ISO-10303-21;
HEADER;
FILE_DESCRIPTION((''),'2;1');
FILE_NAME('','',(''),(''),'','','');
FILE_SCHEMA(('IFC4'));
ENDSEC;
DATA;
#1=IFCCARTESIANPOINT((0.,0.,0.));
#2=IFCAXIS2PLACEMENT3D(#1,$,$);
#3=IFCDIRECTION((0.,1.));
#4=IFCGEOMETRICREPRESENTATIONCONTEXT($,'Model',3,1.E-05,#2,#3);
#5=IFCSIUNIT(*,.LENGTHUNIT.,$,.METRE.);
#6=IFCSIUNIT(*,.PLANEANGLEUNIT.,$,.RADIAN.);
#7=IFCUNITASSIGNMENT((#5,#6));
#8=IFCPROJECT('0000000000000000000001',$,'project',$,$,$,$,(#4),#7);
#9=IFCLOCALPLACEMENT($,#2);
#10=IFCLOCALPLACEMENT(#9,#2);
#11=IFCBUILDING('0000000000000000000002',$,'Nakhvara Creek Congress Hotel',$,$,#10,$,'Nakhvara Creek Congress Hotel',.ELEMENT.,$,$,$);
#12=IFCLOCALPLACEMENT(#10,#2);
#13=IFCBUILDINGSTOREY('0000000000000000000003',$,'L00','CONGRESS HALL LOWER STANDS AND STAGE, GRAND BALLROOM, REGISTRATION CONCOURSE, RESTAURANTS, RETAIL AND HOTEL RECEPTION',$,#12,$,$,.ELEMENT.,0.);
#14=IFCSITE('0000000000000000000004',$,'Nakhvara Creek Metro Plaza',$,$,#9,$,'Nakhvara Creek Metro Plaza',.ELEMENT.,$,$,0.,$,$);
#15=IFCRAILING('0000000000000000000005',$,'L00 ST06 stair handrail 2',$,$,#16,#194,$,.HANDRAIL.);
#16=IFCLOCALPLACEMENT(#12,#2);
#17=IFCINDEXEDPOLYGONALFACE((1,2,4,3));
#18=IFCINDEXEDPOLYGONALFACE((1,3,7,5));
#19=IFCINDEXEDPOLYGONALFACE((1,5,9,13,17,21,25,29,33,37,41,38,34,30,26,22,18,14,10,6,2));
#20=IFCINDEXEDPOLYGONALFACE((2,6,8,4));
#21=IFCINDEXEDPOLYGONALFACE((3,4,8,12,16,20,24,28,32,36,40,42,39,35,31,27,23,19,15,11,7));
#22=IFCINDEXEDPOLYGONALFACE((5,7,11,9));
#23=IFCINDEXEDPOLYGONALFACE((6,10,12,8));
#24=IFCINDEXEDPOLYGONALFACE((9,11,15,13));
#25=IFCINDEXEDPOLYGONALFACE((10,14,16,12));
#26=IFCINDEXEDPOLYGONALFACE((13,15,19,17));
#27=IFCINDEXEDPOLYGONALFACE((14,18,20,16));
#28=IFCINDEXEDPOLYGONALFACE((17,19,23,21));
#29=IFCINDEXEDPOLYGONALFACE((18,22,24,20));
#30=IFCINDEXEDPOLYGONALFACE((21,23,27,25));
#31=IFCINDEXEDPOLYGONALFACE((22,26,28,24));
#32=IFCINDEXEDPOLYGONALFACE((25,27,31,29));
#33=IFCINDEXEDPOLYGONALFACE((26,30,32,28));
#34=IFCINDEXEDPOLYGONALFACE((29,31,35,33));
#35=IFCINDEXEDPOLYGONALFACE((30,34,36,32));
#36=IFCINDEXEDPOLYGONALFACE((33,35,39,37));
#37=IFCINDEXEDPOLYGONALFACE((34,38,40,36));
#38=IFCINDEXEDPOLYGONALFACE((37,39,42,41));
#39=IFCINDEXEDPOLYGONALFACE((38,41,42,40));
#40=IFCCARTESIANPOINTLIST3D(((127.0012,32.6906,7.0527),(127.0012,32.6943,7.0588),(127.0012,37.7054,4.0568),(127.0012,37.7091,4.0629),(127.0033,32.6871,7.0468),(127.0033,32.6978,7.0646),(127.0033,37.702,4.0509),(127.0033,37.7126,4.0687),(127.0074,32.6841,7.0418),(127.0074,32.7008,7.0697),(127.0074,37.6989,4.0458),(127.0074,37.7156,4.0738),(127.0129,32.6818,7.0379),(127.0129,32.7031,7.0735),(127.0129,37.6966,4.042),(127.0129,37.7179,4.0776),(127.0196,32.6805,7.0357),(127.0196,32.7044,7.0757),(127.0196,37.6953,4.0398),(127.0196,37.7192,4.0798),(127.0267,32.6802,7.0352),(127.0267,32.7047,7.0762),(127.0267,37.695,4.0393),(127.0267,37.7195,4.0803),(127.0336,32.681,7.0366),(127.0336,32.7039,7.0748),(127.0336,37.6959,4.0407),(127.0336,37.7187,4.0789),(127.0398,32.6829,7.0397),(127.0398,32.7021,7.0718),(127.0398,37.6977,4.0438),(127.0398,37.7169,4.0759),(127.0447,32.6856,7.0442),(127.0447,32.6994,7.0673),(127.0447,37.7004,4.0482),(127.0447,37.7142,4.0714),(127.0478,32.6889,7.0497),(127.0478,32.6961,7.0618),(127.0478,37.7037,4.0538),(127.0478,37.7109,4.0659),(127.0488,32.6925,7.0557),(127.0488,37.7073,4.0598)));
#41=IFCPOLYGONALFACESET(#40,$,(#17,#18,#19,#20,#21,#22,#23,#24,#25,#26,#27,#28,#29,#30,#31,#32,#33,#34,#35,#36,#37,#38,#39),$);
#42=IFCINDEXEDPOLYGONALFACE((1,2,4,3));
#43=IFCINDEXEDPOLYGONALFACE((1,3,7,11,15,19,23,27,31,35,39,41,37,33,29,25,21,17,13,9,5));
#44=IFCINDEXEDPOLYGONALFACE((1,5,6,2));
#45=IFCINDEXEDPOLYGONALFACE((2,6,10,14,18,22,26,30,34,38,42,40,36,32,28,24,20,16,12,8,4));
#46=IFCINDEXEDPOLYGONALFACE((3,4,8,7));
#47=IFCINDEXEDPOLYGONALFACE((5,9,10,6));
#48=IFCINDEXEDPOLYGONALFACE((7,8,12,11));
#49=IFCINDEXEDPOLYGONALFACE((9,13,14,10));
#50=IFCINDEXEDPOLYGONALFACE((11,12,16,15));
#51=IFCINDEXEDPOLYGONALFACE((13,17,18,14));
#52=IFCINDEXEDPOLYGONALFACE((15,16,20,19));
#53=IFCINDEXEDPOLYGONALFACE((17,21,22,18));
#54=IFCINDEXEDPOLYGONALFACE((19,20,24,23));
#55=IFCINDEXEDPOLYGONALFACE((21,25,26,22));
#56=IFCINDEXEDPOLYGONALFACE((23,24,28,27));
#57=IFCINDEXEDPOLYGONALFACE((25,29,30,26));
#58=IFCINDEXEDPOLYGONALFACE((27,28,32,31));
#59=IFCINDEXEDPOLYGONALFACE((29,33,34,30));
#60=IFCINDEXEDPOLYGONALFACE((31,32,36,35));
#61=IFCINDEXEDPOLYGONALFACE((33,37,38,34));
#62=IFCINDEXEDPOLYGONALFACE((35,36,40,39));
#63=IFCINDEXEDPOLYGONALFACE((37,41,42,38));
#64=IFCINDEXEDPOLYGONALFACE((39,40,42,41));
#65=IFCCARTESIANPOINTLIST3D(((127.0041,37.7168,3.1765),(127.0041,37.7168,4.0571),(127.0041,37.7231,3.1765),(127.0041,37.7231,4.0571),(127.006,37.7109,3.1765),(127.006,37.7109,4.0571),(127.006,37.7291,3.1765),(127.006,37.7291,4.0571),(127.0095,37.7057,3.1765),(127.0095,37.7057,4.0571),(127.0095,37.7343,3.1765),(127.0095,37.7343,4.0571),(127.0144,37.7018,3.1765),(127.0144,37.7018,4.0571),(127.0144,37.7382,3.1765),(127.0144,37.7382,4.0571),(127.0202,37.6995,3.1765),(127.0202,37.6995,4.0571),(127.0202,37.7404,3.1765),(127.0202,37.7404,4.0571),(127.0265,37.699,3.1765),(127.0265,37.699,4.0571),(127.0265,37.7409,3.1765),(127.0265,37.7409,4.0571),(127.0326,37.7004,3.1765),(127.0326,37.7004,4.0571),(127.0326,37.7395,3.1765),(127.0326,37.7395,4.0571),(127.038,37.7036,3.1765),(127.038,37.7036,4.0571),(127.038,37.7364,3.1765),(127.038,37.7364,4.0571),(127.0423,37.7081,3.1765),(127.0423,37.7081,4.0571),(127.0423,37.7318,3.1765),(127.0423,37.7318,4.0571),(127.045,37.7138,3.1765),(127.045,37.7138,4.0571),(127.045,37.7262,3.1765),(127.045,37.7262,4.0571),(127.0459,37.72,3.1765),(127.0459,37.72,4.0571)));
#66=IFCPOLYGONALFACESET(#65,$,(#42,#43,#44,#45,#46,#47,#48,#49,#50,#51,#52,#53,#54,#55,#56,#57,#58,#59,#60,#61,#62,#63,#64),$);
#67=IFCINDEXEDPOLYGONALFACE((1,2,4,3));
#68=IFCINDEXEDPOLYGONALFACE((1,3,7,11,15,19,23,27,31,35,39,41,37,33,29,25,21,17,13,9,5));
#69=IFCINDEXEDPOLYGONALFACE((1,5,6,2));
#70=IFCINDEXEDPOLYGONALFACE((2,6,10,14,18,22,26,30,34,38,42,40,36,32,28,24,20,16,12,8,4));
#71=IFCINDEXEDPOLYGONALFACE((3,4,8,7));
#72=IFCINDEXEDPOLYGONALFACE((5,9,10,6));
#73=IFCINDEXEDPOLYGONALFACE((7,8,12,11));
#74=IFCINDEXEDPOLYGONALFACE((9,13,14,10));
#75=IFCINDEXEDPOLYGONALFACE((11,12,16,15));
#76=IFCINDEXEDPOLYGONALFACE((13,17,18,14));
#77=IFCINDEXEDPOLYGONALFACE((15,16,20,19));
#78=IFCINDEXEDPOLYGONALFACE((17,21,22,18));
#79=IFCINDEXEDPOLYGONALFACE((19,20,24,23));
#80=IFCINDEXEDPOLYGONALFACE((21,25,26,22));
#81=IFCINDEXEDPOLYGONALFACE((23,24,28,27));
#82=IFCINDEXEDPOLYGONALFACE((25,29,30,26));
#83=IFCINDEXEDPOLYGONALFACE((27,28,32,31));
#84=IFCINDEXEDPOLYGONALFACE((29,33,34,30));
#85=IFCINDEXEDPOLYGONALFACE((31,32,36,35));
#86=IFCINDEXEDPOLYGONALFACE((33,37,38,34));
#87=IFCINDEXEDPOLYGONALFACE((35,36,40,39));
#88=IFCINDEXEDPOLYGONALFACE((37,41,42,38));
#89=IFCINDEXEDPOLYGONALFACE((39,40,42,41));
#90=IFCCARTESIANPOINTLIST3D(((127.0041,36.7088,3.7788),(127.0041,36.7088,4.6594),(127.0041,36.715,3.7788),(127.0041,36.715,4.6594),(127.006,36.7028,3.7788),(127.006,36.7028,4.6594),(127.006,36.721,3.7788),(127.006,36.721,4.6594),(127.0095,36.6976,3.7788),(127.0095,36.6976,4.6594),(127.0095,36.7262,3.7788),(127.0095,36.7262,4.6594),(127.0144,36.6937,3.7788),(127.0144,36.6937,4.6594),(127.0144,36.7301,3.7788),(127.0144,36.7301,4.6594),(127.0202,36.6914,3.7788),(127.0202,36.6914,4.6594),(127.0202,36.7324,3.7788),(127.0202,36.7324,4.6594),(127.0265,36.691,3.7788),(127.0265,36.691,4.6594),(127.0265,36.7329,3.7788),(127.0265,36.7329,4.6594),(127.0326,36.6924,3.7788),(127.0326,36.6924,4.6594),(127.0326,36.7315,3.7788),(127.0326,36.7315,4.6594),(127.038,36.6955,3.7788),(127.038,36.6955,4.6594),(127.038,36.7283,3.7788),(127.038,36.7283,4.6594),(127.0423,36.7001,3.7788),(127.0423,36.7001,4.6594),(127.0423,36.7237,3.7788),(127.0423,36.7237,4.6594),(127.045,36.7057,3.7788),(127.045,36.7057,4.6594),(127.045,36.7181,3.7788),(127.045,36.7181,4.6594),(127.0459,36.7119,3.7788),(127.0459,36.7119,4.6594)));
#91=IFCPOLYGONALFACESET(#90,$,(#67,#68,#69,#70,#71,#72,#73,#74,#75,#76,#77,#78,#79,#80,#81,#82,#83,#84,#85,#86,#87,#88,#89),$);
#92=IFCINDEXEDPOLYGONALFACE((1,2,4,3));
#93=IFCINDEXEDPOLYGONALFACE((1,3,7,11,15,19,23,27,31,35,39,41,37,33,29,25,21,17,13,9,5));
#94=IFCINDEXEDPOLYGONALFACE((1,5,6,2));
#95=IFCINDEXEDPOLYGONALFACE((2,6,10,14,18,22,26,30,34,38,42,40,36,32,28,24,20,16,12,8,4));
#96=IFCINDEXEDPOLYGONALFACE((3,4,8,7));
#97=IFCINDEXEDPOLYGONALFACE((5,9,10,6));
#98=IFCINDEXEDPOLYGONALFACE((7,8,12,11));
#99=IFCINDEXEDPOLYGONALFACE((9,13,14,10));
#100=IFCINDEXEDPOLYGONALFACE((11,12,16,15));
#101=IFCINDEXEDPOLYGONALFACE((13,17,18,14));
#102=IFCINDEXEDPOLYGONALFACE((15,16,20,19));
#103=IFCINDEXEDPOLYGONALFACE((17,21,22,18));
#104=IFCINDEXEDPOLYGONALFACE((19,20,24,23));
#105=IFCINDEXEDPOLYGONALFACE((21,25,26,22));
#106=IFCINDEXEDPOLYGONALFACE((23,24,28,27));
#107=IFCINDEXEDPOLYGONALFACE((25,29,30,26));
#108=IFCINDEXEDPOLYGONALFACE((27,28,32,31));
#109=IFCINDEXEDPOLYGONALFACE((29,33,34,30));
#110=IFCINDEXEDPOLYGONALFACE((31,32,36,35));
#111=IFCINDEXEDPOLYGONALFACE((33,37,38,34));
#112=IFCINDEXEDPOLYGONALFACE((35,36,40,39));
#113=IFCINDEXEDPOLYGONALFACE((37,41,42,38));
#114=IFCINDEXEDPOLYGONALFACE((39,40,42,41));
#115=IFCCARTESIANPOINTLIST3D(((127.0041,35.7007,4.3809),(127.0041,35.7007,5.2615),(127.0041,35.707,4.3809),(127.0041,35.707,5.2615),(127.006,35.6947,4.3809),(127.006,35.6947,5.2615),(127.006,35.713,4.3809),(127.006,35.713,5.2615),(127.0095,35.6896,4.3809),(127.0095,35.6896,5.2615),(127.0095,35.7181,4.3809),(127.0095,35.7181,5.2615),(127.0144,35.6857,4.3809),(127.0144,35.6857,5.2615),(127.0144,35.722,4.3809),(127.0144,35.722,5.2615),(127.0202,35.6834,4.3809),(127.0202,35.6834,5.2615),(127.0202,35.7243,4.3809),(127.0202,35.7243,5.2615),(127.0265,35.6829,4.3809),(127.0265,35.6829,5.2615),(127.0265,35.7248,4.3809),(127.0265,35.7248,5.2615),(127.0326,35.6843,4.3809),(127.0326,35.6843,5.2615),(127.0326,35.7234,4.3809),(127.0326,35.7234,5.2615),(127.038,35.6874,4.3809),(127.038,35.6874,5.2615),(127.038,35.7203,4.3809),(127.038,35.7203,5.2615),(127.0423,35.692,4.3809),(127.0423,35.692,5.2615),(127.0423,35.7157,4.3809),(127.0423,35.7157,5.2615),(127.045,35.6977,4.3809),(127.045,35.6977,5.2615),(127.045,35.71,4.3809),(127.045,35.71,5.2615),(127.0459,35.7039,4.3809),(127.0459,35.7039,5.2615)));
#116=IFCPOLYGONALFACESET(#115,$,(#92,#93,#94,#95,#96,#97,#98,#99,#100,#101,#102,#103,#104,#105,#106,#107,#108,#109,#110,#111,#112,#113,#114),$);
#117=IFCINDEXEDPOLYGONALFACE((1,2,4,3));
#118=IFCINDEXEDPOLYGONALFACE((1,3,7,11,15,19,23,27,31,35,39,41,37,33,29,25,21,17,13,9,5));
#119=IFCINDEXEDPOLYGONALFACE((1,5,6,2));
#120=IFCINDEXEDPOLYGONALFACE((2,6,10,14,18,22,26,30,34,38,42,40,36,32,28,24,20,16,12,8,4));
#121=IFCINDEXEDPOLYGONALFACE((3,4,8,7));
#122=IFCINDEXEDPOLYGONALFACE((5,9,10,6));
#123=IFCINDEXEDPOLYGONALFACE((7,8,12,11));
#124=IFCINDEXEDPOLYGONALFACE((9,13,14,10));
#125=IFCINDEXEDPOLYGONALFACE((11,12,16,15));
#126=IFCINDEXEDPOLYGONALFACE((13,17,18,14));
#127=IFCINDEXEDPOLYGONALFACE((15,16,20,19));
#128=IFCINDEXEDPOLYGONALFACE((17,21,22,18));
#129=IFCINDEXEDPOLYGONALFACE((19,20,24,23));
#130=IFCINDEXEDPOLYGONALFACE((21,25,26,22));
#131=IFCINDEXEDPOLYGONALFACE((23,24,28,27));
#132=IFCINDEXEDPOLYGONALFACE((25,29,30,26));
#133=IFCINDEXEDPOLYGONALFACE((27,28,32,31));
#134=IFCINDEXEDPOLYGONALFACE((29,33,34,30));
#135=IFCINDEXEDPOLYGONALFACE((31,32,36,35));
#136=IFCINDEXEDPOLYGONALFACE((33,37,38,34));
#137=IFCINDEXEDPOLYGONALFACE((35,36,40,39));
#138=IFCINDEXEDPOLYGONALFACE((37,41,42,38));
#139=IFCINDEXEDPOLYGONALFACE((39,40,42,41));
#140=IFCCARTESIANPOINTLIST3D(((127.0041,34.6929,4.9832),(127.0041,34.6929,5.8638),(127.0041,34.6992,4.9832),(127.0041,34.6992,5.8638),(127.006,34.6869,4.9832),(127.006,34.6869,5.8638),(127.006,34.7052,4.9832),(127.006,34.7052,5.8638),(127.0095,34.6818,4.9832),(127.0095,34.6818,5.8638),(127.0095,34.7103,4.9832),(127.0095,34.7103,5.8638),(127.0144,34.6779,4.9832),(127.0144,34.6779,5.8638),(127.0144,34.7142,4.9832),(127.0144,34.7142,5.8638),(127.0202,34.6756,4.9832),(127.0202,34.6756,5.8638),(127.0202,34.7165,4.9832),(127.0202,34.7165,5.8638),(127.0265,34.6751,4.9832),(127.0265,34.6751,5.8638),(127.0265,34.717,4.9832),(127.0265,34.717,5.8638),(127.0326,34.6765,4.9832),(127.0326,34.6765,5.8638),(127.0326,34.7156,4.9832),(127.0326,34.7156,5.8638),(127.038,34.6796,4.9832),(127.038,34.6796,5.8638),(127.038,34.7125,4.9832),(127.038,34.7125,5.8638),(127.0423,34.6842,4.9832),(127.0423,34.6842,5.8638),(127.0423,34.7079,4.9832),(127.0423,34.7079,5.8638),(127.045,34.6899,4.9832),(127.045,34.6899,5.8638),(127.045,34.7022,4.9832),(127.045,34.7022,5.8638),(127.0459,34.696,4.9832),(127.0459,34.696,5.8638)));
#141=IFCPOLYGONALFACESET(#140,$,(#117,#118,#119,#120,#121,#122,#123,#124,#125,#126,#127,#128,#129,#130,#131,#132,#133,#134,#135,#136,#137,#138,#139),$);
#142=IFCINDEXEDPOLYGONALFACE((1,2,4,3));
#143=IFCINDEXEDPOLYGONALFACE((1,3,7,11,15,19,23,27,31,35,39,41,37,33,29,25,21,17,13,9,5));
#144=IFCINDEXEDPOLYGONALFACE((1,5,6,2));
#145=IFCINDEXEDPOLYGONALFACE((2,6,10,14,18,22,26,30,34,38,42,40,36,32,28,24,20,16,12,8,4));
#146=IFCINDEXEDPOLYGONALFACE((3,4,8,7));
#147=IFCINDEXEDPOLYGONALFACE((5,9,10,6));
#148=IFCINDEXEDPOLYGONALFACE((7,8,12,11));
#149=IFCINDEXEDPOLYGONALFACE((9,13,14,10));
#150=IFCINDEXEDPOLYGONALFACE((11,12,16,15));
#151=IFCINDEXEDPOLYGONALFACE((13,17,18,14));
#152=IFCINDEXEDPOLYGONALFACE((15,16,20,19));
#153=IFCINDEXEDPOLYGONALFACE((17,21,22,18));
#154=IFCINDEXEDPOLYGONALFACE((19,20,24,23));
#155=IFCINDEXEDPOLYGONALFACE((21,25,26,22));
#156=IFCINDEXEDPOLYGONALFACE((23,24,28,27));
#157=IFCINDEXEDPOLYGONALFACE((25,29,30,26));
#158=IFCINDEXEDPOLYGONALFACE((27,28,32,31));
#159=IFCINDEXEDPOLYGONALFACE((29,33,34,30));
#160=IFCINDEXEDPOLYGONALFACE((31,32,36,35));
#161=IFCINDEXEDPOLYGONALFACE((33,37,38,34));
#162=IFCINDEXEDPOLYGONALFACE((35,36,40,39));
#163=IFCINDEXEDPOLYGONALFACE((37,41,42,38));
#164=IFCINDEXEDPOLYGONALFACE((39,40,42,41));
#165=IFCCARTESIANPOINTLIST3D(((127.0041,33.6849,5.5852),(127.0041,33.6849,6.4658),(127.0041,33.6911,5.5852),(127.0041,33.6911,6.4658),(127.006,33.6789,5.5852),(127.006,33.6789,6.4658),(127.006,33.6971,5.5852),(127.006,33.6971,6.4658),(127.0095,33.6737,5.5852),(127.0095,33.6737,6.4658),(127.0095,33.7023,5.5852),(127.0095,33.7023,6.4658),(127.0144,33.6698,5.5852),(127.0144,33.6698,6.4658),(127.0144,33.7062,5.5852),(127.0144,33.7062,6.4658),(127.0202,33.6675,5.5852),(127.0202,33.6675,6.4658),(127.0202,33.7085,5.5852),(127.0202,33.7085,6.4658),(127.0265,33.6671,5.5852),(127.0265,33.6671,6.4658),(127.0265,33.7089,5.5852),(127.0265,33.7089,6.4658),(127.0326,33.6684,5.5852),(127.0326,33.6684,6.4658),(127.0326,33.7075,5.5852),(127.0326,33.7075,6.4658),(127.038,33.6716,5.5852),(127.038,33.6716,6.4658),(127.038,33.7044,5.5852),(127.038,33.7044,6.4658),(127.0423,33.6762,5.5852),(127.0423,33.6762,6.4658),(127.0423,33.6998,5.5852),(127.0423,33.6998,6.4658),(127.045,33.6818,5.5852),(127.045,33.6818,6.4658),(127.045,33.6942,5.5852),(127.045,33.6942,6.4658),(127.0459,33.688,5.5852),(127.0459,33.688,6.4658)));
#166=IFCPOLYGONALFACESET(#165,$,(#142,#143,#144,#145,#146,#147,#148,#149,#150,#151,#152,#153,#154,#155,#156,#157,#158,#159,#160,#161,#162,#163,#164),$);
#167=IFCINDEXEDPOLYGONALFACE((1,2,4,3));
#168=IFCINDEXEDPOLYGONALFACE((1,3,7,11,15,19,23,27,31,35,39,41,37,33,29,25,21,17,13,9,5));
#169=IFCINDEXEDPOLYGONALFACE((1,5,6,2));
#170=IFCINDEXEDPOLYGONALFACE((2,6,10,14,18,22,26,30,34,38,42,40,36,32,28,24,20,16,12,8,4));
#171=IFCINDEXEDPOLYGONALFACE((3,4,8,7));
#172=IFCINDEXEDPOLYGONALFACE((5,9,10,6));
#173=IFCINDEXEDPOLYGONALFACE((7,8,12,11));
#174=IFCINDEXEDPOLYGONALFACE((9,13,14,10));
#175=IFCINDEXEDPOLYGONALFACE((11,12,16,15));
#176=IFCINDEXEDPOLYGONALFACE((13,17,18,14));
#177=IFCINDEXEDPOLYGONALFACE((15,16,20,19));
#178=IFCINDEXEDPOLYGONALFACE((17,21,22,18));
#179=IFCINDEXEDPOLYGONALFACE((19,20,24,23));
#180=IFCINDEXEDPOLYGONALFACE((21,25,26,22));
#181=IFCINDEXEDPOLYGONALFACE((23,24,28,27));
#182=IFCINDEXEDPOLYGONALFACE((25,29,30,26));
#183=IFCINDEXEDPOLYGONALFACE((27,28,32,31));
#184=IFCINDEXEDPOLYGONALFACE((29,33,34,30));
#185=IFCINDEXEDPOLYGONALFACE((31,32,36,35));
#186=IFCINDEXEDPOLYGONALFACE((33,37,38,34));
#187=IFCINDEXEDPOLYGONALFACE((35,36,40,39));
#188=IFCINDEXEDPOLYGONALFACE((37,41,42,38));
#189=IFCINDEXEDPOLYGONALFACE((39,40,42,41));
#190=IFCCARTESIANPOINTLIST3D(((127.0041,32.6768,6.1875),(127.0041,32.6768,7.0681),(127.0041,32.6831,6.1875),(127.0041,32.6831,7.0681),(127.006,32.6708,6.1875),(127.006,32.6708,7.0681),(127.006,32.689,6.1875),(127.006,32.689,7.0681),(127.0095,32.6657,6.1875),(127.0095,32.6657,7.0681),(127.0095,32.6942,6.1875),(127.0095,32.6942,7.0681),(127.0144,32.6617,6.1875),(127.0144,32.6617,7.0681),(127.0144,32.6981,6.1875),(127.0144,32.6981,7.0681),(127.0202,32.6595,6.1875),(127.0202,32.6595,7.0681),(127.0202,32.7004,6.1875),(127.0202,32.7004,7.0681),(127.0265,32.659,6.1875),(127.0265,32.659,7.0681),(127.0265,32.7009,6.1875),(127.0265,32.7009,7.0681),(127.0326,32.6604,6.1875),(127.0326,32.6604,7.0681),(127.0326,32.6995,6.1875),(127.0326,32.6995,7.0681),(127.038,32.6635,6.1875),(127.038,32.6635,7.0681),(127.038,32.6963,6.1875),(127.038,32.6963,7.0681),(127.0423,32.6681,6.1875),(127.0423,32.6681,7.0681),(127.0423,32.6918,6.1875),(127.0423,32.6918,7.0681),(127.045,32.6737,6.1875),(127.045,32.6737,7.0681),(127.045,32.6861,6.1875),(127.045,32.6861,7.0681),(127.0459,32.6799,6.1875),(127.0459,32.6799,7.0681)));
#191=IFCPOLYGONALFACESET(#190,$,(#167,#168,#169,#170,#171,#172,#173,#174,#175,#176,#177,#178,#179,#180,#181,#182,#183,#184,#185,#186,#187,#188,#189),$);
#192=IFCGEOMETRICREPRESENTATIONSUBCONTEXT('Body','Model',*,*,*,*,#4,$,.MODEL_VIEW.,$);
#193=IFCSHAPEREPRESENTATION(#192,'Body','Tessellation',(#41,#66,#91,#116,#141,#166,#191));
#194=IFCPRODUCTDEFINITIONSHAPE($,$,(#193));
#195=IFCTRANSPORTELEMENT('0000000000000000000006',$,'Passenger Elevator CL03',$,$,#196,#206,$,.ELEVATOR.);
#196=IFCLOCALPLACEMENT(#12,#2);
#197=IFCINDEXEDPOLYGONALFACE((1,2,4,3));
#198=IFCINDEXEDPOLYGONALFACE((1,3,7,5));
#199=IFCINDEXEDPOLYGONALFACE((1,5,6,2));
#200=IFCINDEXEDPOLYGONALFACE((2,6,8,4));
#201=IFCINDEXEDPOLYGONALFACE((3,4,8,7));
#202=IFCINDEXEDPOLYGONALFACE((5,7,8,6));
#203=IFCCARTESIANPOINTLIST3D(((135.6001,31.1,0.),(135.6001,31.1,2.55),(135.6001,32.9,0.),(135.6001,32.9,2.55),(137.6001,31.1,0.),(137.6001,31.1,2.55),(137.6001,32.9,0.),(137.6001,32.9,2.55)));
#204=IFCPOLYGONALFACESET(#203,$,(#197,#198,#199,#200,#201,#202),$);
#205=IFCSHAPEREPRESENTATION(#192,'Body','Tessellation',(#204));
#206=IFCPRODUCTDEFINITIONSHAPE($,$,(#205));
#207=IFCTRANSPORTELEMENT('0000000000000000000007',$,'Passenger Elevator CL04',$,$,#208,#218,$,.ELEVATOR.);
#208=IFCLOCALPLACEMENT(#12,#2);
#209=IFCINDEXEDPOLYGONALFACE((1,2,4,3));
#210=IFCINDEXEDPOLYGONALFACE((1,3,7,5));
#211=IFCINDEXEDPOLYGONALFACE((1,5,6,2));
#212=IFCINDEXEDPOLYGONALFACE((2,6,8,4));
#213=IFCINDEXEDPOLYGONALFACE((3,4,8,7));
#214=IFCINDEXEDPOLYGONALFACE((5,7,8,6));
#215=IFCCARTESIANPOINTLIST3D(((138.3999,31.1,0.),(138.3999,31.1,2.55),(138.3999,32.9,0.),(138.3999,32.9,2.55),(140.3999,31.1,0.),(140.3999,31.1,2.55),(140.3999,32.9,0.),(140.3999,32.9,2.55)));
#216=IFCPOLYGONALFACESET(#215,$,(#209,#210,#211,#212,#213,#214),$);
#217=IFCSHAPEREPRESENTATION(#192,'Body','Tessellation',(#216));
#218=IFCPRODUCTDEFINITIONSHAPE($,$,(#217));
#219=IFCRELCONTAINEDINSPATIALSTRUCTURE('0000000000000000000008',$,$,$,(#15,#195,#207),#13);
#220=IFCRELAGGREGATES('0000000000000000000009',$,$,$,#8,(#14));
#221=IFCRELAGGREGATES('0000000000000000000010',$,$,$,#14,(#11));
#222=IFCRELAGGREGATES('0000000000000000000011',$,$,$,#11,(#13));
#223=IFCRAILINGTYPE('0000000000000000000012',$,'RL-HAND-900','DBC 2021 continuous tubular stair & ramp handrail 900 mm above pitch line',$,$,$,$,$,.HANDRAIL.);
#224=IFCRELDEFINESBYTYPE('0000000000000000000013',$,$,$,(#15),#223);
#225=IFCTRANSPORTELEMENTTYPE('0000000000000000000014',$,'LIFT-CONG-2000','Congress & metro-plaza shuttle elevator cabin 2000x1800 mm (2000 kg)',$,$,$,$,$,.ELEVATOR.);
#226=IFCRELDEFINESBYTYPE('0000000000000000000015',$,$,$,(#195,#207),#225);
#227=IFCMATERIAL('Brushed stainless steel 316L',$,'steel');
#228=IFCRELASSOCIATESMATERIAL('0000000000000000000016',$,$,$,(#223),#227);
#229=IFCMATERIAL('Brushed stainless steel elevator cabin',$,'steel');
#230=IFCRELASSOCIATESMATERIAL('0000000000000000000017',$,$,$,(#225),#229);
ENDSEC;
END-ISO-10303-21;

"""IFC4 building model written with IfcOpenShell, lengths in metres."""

from ifc_helpers import new_model, si_unit, direction, frame, origin, origin_2d, place, context, subcontext, project, spatial, rectangle, circle, extrude, material, type_object, element, save


model = new_model("IFC4")

# Units and contexts
model_context = context("Model", 3, precision=1e-05, world=origin(), true_north=direction((0.0, 1.0)))
body_context = subcontext(model_context, "Body", "Model", "MODEL_VIEW")
ifc_project = project(units=[si_unit("LENGTHUNIT", "METRE"), si_unit("PLANEANGLEUNIT", "RADIAN")], contexts=[model_context])

# Site, building, storey
site_placement = place(None, origin())
site = spatial("IfcSite", under=ifc_project, at=site_placement, Name="Nakhvara Creek Metro Plaza", LongName="Nakhvara Creek Metro Plaza", CompositionType="ELEMENT", RefElevation=0.0)
building_placement = place(site_placement, origin())
building = spatial("IfcBuilding", under=site, at=building_placement, Name="Nakhvara Creek Congress Hotel", LongName="Nakhvara Creek Congress Hotel", CompositionType="ELEMENT")
storey_placement = place(building_placement, origin())
storey = spatial("IfcBuildingStorey", under=building, at=storey_placement, Name="L00", Description="CONGRESS HALL LOWER STANDS AND STAGE, GRAND BALLROOM, REGISTRATION CONCOURSE, RESTAURANTS, RETAIL AND HOTEL RECEPTION", CompositionType="ELEMENT", Elevation=0.0)

# Railing
ifc_material_1 = material(Name="Brushed stainless steel 316L", Category="steel")
railing_type_1 = type_object("IfcRailingType", Name="RL-HAND-900", Description="DBC 2021 continuous tubular stair & ramp handrail 900 mm above pitch line", PredefinedType="HANDRAIL", material=ifc_material_1)
railing_1_placement = place(storey_placement, frame((127.0249, 37.72, 3.1765)))
element("IfcRailing", 1, at=railing_1_placement, inside=storey, type_object=railing_type_1, Name="L00 ST06 stair handrail 2", PredefinedType="HANDRAIL", context=body_context, shape_type="SweptSolid", body=[
    extrude(circle(Radius=0.0239, at=origin_2d()), frame((0.0, -0.0127, 0.8833), z_axis=(0.0, -0.858471, 0.512862), x_axis=(1.0, 0.0, 0.0)), (0.0, 0.0, 1.0), 5.8416),
    extrude(circle(Radius=0.021, at=origin_2d()), origin(), (0.0, 0.0, 1.0), 0.8806),
    extrude(circle(Radius=0.021, at=origin_2d()), frame((0.0, -1.0081, 0.6023)), (0.0, 0.0, 1.0), 0.8806),
    extrude(circle(Radius=0.021, at=origin_2d()), frame((0.0, -2.0161, 1.2043)), (0.0, 0.0, 1.0), 0.8806),
    extrude(circle(Radius=0.021, at=origin_2d()), frame((0.0, -3.0239, 1.8066)), (0.0, 0.0, 1.0), 0.8806),
    extrude(circle(Radius=0.021, at=origin_2d()), frame((0.0, -4.032, 2.4087)), (0.0, 0.0, 1.0), 0.8806),
    extrude(circle(Radius=0.021, at=origin_2d()), frame((0.0, -5.04, 3.011)), (0.0, 0.0, 1.0), 0.8806),
])

# Transport elements
ifc_material_2 = material(Name="Brushed stainless steel elevator cabin", Category="steel")
transport_element_type = type_object("IfcTransportElementType", Name="LIFT-CONG-2000", Description="Congress & metro-plaza shuttle elevator cabin 2000x1800 mm (2000 kg)", PredefinedType="ELEVATOR", material=ifc_material_2)
for number, where, z_axis, x_axis, name in (
    (2, (136.6001, 32.0, 0.0), (0.0, 0.0, 1.0), (1.0, 0.0, 0.0), "Passenger Elevator CL03"),
    (3, (139.3999, 32.0, 0.0), (0.0, 0.0, 1.0), (1.0, 0.0, 0.0), "Passenger Elevator CL04"),
):
    element("IfcTransportElement", number, at=place(storey_placement, frame(where, z_axis=z_axis, x_axis=x_axis)), inside=storey, type_object=transport_element_type, Name=name, PredefinedType="ELEVATOR", context=body_context, shape_type="SweptSolid", body=[
        extrude(rectangle(XDim=2.0, YDim=1.8, at=origin_2d()), origin(), (0.0, 0.0, 1.0), 2.55),
    ])

save(model, "model.ifc")
